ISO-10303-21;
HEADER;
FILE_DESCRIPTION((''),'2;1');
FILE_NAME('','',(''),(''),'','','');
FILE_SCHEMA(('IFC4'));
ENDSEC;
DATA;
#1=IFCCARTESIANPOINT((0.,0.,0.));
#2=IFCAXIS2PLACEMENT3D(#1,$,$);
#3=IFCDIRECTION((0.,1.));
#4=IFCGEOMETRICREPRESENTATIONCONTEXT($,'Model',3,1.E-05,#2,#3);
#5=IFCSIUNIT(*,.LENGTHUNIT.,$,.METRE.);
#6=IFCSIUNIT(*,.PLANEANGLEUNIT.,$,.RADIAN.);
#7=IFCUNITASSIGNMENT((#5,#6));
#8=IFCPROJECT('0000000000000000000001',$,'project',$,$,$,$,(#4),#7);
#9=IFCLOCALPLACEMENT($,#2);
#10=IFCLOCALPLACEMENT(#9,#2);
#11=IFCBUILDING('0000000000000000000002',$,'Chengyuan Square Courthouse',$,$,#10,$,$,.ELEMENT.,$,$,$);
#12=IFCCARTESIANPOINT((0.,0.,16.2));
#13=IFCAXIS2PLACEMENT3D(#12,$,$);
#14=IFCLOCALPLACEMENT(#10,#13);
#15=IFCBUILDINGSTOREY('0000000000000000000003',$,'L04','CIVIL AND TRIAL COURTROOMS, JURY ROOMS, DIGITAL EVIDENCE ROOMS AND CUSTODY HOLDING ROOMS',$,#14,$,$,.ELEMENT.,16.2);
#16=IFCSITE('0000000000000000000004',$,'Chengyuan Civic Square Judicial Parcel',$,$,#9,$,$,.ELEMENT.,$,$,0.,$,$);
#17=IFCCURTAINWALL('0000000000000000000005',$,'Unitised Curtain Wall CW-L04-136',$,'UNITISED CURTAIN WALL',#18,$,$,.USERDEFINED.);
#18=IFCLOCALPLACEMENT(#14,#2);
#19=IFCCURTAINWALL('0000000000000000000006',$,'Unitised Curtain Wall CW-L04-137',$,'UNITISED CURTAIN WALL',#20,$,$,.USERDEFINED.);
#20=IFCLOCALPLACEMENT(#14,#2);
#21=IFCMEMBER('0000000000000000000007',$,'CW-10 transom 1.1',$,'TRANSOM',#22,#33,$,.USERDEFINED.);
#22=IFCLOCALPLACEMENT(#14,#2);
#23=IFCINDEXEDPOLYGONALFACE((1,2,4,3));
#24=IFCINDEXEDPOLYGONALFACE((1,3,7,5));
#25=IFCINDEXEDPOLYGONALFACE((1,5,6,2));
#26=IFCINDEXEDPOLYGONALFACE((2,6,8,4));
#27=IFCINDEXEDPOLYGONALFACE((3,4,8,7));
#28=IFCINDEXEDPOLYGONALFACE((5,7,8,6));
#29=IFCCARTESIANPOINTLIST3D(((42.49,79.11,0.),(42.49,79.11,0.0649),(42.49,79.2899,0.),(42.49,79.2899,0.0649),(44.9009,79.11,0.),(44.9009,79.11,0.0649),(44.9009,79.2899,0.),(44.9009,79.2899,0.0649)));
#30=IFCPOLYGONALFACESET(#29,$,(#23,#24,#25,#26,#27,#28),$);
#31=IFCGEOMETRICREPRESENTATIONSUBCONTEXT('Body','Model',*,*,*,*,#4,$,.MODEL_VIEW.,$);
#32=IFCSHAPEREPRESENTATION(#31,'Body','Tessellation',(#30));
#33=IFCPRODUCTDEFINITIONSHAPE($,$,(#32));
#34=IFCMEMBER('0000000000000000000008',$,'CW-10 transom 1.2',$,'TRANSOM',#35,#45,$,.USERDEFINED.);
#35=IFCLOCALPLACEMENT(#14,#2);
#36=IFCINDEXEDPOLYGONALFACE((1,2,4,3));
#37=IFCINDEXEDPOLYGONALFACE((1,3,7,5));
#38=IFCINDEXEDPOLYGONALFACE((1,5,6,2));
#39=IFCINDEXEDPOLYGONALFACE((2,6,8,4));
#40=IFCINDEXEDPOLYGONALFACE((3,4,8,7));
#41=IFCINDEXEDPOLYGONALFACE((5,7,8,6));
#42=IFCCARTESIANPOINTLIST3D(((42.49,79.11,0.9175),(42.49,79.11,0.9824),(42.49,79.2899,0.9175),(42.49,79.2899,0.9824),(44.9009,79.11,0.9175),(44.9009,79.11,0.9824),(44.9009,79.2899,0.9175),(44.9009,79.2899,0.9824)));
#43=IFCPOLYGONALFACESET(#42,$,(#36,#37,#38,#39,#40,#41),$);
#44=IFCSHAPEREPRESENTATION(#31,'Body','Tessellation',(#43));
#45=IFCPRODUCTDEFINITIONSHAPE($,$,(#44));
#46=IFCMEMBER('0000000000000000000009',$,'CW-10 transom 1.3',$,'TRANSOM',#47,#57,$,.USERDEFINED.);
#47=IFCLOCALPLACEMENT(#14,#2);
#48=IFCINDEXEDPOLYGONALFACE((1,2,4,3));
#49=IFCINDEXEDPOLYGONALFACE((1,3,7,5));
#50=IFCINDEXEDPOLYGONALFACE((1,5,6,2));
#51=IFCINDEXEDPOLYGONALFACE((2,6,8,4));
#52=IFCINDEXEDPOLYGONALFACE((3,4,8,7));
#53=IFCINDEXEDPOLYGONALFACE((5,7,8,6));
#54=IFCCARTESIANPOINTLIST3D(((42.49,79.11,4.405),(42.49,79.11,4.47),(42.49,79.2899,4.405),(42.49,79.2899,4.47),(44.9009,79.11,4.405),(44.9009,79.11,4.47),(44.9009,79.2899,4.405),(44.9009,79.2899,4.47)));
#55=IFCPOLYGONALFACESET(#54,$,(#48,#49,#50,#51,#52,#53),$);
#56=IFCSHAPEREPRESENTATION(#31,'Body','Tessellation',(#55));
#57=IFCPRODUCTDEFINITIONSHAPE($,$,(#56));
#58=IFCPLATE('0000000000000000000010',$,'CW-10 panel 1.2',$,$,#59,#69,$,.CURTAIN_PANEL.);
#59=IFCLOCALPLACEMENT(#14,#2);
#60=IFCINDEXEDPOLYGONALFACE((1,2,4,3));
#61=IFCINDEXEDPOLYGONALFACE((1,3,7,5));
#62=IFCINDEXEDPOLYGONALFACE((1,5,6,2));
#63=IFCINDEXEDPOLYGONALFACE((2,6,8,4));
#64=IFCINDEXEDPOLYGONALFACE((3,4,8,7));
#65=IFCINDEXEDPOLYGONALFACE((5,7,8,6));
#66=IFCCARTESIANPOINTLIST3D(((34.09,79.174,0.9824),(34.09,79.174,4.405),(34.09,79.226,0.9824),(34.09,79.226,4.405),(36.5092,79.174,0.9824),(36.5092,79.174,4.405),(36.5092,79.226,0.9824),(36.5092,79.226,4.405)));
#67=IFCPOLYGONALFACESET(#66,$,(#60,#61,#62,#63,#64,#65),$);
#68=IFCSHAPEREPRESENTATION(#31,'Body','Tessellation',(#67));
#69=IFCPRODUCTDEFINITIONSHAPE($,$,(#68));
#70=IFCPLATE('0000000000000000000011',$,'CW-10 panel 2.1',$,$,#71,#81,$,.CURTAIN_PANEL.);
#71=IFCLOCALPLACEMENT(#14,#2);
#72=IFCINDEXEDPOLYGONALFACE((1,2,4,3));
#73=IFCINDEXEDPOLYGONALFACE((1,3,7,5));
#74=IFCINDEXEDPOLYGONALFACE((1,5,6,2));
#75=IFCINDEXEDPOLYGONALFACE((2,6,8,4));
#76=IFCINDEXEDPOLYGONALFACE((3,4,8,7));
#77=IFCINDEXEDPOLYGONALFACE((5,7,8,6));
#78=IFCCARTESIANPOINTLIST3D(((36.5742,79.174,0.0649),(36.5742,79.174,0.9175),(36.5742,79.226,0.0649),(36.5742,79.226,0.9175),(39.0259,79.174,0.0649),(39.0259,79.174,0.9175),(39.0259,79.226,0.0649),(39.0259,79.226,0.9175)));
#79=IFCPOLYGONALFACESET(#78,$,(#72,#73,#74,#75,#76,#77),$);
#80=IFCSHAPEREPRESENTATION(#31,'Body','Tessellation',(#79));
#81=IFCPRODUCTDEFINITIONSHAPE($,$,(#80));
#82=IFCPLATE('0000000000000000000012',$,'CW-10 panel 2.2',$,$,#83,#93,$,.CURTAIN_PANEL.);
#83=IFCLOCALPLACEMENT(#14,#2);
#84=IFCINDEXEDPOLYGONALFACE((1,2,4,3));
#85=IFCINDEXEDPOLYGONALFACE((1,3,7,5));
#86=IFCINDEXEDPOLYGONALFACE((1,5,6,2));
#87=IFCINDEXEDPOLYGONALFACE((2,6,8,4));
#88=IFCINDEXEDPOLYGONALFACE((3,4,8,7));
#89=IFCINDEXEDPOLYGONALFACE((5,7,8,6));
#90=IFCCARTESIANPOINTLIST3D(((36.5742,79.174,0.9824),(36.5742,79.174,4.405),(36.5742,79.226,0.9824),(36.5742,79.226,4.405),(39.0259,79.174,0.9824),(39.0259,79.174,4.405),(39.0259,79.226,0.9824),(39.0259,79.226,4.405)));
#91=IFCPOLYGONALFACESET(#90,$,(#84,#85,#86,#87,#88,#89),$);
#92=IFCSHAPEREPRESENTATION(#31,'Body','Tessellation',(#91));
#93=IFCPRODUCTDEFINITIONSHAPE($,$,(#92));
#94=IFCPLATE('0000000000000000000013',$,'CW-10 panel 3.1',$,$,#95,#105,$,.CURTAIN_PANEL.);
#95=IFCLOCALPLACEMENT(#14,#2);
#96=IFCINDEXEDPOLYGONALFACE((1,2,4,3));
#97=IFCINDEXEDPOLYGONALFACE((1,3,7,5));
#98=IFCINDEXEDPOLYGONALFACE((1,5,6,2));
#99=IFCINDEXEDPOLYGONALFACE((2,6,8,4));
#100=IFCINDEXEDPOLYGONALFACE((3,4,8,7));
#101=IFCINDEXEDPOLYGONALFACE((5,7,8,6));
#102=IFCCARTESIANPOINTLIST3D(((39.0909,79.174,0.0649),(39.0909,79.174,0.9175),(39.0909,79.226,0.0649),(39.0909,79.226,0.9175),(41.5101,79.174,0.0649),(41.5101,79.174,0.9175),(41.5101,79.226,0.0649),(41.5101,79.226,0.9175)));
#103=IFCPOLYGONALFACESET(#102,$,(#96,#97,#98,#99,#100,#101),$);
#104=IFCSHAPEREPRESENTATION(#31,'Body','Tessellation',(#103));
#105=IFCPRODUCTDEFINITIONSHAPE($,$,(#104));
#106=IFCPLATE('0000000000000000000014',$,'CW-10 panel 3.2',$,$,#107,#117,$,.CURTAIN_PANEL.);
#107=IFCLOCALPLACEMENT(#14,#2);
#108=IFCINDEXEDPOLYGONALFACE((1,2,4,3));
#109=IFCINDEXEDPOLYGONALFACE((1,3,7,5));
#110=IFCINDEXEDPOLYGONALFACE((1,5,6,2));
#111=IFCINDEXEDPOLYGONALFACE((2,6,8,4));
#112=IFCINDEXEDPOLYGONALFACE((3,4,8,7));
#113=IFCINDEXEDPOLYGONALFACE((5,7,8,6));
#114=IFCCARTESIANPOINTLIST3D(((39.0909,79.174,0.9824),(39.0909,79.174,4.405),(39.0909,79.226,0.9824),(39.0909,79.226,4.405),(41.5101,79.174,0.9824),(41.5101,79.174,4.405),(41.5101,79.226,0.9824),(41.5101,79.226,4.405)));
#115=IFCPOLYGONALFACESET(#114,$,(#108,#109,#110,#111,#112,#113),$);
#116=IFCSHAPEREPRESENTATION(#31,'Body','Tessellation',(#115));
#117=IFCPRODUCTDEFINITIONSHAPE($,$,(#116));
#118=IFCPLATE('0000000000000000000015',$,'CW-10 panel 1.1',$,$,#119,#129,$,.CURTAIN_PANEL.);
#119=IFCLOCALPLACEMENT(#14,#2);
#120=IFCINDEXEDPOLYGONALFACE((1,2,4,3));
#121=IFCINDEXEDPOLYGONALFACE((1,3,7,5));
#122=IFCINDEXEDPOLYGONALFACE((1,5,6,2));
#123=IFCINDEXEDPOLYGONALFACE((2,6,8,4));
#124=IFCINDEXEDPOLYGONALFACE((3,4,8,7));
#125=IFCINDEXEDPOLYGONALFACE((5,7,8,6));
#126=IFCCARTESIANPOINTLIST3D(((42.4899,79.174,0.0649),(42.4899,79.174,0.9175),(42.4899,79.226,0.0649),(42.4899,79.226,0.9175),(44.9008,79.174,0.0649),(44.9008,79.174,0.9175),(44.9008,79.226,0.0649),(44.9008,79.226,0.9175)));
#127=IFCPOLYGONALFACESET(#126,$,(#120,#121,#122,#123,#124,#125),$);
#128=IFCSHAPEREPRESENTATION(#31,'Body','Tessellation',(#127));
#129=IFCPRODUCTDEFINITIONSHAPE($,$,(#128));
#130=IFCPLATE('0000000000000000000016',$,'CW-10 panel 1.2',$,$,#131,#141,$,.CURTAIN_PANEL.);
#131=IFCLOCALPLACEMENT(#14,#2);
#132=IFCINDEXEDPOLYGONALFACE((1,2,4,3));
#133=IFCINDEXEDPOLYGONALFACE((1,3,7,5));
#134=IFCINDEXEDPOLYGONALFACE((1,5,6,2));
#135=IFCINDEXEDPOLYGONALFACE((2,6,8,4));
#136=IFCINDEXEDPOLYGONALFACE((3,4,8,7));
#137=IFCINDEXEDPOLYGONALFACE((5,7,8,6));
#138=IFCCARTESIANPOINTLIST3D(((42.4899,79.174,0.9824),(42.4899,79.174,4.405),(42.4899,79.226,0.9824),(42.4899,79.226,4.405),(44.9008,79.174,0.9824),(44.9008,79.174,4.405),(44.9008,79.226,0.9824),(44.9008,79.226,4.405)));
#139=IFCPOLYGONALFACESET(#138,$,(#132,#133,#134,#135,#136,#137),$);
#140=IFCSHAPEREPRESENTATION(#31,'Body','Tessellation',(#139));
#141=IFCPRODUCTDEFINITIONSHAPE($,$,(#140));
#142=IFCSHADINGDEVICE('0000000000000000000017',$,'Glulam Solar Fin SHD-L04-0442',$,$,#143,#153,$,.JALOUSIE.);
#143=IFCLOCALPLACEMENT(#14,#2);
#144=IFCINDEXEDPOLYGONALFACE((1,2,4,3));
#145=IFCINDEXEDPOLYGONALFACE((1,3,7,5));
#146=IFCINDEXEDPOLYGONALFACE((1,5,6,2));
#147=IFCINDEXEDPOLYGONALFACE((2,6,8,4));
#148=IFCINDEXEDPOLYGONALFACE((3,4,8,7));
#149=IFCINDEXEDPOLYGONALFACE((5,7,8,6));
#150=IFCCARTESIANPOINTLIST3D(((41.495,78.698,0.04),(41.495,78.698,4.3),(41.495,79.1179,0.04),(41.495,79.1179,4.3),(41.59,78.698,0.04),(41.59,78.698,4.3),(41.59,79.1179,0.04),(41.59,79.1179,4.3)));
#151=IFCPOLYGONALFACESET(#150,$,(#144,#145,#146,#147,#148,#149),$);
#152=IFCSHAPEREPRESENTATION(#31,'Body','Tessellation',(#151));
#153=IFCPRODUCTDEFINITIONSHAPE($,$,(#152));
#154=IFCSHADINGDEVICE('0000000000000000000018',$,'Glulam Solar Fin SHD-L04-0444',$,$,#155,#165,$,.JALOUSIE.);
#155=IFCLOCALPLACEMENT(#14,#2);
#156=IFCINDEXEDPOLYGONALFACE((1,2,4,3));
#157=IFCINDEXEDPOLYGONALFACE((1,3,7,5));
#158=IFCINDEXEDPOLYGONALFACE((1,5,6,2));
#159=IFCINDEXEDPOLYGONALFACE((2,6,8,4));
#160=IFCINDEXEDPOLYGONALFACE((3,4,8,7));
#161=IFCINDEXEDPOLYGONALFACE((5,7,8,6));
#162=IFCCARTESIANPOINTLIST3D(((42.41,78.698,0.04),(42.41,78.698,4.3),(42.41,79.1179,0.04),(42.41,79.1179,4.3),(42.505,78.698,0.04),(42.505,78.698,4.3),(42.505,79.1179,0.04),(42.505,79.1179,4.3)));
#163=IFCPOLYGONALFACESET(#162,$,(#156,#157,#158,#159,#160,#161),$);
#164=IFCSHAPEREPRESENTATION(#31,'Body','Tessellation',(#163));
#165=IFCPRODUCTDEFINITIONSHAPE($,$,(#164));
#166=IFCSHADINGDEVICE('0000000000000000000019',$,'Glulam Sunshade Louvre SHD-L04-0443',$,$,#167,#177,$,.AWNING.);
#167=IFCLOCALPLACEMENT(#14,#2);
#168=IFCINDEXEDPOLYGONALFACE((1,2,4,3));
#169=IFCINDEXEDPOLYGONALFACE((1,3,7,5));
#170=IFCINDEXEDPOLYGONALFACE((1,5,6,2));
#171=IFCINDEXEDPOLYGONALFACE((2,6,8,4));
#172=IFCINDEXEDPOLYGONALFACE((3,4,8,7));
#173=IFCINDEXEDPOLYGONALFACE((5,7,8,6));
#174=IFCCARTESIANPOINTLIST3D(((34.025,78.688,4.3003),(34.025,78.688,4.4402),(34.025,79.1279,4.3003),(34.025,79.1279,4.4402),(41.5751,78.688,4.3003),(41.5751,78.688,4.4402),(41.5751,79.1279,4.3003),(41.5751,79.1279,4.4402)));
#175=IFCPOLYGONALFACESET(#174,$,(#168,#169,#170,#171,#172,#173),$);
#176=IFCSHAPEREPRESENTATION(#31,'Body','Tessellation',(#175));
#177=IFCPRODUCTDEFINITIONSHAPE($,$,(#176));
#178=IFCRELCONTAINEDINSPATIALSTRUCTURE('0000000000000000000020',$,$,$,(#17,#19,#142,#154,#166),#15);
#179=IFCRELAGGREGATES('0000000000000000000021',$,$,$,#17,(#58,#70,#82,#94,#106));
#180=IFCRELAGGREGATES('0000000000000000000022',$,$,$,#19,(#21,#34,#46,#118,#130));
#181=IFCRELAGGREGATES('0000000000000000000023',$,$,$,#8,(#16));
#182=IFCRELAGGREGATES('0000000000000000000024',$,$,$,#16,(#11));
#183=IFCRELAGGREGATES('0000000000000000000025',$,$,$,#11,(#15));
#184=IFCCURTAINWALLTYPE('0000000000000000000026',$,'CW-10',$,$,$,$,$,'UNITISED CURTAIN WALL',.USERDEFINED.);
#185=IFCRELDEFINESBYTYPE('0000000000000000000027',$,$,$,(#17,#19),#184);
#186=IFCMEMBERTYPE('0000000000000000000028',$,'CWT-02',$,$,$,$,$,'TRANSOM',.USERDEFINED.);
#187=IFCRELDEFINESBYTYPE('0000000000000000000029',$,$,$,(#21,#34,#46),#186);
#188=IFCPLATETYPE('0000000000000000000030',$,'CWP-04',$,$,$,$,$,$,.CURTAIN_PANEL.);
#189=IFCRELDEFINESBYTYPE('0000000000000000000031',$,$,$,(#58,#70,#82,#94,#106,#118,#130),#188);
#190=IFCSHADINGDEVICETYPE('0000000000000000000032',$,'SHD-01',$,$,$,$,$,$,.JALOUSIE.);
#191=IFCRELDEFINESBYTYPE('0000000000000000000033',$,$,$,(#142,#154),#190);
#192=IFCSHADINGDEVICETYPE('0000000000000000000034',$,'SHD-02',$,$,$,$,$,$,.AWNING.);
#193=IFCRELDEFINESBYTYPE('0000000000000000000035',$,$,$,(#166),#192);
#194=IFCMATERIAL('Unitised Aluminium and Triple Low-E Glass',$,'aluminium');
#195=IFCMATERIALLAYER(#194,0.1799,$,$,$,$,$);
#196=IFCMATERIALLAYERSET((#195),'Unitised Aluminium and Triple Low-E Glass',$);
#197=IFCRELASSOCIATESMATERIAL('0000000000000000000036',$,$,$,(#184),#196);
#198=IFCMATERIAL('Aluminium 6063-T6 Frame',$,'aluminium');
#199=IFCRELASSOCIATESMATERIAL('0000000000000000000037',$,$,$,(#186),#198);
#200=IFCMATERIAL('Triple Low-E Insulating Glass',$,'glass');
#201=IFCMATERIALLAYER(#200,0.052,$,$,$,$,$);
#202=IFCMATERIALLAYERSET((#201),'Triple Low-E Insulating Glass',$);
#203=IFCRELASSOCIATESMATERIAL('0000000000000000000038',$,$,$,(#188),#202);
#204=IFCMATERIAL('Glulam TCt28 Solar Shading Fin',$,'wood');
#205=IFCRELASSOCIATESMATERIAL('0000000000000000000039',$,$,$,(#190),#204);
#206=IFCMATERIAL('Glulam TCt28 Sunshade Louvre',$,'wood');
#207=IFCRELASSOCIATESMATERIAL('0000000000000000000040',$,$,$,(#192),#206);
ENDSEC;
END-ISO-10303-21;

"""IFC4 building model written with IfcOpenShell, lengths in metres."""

from ifc_helpers import new_model, si_unit, direction, frame, origin, origin_2d, place, context, subcontext, project, spatial, rectangle, extrude, material, layer, layer_set, material_profile, profile_set, type_object, element, aggregate, save


model = new_model("IFC4")

# Units and contexts
model_context = context("Model", 3, precision=1e-05, world=origin(), true_north=direction((0.0, 1.0)))
body_context = subcontext(model_context, "Body", "Model", "MODEL_VIEW")
ifc_project = project(units=[si_unit("LENGTHUNIT", "METRE"), si_unit("PLANEANGLEUNIT", "RADIAN")], contexts=[model_context])

# Site, building, storey
site_placement = place(None, origin())
site = spatial("IfcSite", under=ifc_project, at=site_placement, Name="Chengyuan Civic Square Judicial Parcel", CompositionType="ELEMENT", RefElevation=0.0)
building_placement = place(site_placement, origin())
building = spatial("IfcBuilding", under=site, at=building_placement, Name="Chengyuan Square Courthouse", CompositionType="ELEMENT")
storey_placement = place(building_placement, frame((0.0, 0.0, 16.2)))
storey = spatial("IfcBuildingStorey", under=building, at=storey_placement, Name="L04", Description="CIVIL AND TRIAL COURTROOMS, JURY ROOMS, DIGITAL EVIDENCE ROOMS AND CUSTODY HOLDING ROOMS", CompositionType="ELEMENT", Elevation=16.2)

# Curtain walls
ifc_material_1 = material(Name="Unitised Aluminium and Triple Low-E Glass", Category="aluminium")
ifc_layer_1 = layer(ifc_material_1, 0.1799)
ifc_layer_set_1 = layer_set([ifc_layer_1], Name="Unitised Aluminium and Triple Low-E Glass")
curtain_wall_type = type_object("IfcCurtainWallType", Name="CW-10", ElementType="UNITISED CURTAIN WALL", PredefinedType="USERDEFINED", material=ifc_layer_set_1)
curtain_wall_1_placement = place(storey_placement, origin())
curtain_wall_1 = element("IfcCurtainWall", 1, at=curtain_wall_1_placement, inside=storey, type_object=curtain_wall_type, Name="Unitised Curtain Wall CW-L04-136", ObjectType="UNITISED CURTAIN WALL", PredefinedType="USERDEFINED")
ifc_material_2 = material(Name="Aluminium 6063-T6 Frame", Category="aluminium")
curtain_wall_2_placement = place(storey_placement, origin())
curtain_wall_2 = element("IfcCurtainWall", 2, at=curtain_wall_2_placement, inside=storey, type_object=curtain_wall_type, Name="Unitised Curtain Wall CW-L04-137", ObjectType="UNITISED CURTAIN WALL", PredefinedType="USERDEFINED")

# Members
ifc_material_profile_1 = material_profile(ifc_material_2, rectangle(XDim=0.1799, YDim=0.0649, at=origin_2d()), Name="CW-TRN-65x140")
ifc_profile_set_1 = profile_set([ifc_material_profile_1], Name="Aluminium 6063-T6 Frame")
member_type_1 = type_object("IfcMemberType", Name="CWT-02", ElementType="TRANSOM", PredefinedType="USERDEFINED", material=ifc_profile_set_1)
member_1_placement = place(storey_placement, frame((42.49, 79.2, 0.0325), z_axis=(1.0, 0.0, 0.0), x_axis=(0.0, 1.0, 0.0)))
member_1 = element("IfcMember", 3, at=member_1_placement, type_object=member_type_1, Name="CW-10 transom 1.1", ObjectType="TRANSOM", PredefinedType="USERDEFINED", context=body_context, shape_type="SweptSolid", body=[
    extrude(rectangle(XDim=0.1799, YDim=0.0649, at=origin_2d()), origin(), (0.0, 0.0, 1.0), 2.4109),
])
member_2_placement = place(storey_placement, frame((42.49, 79.2, 0.95), z_axis=(1.0, 0.0, 0.0), x_axis=(0.0, 1.0, 0.0)))
member_2 = element("IfcMember", 4, at=member_2_placement, type_object=member_type_1, Name="CW-10 transom 1.2", ObjectType="TRANSOM", PredefinedType="USERDEFINED", context=body_context, shape_type="SweptSolid", body=[
    extrude(rectangle(XDim=0.1799, YDim=0.0649, at=origin_2d()), origin(), (0.0, 0.0, 1.0), 2.4109),
])
member_3_placement = place(storey_placement, frame((42.49, 79.2, 4.4375), z_axis=(1.0, 0.0, 0.0), x_axis=(0.0, 1.0, 0.0)))
member_3 = element("IfcMember", 5, at=member_3_placement, type_object=member_type_1, Name="CW-10 transom 1.3", ObjectType="TRANSOM", PredefinedType="USERDEFINED", context=body_context, shape_type="SweptSolid", body=[
    extrude(rectangle(XDim=0.1799, YDim=0.0649, at=origin_2d()), origin(), (0.0, 0.0, 1.0), 2.4109),
])

# Plates
ifc_material_3 = material(Name="Triple Low-E Insulating Glass", Category="glass")
ifc_layer_2 = layer(ifc_material_3, 0.052)
ifc_layer_set_2 = layer_set([ifc_layer_2], Name="Triple Low-E Insulating Glass")
plate_type = type_object("IfcPlateType", Name="CWP-04", PredefinedType="CURTAIN_PANEL", material=ifc_layer_set_2)
plate_1_placement = place(storey_placement, frame((35.2996, 79.2, 0.9824), z_axis=(0.0, 0.0, 1.0), x_axis=(1.0, 0.0, 0.0)))
plate_1 = element("IfcPlate", 6, at=plate_1_placement, type_object=plate_type, Name="CW-10 panel 1.2", PredefinedType="CURTAIN_PANEL", context=body_context, shape_type="SweptSolid", body=[
    extrude(rectangle(XDim=2.4192, YDim=0.052, at=origin_2d()), origin(), (0.0, 0.0, 1.0), 3.4226),
])
plate_2_placement = place(storey_placement, frame((37.8, 79.2, 0.0649), z_axis=(0.0, 0.0, 1.0), x_axis=(1.0, 0.0, 0.0)))
plate_2 = element("IfcPlate", 7, at=plate_2_placement, type_object=plate_type, Name="CW-10 panel 2.1", PredefinedType="CURTAIN_PANEL", context=body_context, shape_type="SweptSolid", body=[
    extrude(rectangle(XDim=2.4517, YDim=0.052, at=origin_2d()), origin(), (0.0, 0.0, 1.0), 0.8525),
])
plate_3_placement = place(storey_placement, frame((37.8, 79.2, 0.9824), z_axis=(0.0, 0.0, 1.0), x_axis=(1.0, 0.0, 0.0)))
plate_3 = element("IfcPlate", 8, at=plate_3_placement, type_object=plate_type, Name="CW-10 panel 2.2", PredefinedType="CURTAIN_PANEL", context=body_context, shape_type="SweptSolid", body=[
    extrude(rectangle(XDim=2.4517, YDim=0.052, at=origin_2d()), origin(), (0.0, 0.0, 1.0), 3.4226),
])
plate_4_placement = place(storey_placement, frame((40.3005, 79.2, 0.0649), z_axis=(0.0, 0.0, 1.0), x_axis=(1.0, 0.0, 0.0)))
plate_4 = element("IfcPlate", 9, at=plate_4_placement, type_object=plate_type, Name="CW-10 panel 3.1", PredefinedType="CURTAIN_PANEL", context=body_context, shape_type="SweptSolid", body=[
    extrude(rectangle(XDim=2.4192, YDim=0.052, at=origin_2d()), origin(), (0.0, 0.0, 1.0), 0.8525),
])
plate_5_placement = place(storey_placement, frame((40.3005, 79.2, 0.9824), z_axis=(0.0, 0.0, 1.0), x_axis=(1.0, 0.0, 0.0)))
plate_5 = element("IfcPlate", 10, at=plate_5_placement, type_object=plate_type, Name="CW-10 panel 3.2", PredefinedType="CURTAIN_PANEL", context=body_context, shape_type="SweptSolid", body=[
    extrude(rectangle(XDim=2.4192, YDim=0.052, at=origin_2d()), origin(), (0.0, 0.0, 1.0), 3.4226),
])
aggregate(curtain_wall_1, [plate_1, plate_2, plate_3, plate_4, plate_5])
plate_6_placement = place(storey_placement, frame((43.6953, 79.2, 0.0649), z_axis=(0.0, 0.0, 1.0), x_axis=(1.0, 0.0, 0.0)))
plate_6 = element("IfcPlate", 11, at=plate_6_placement, type_object=plate_type, Name="CW-10 panel 1.1", PredefinedType="CURTAIN_PANEL", context=body_context, shape_type="SweptSolid", body=[
    extrude(rectangle(XDim=2.4109, YDim=0.052, at=origin_2d()), origin(), (0.0, 0.0, 1.0), 0.8525),
])
plate_7_placement = place(storey_placement, frame((43.6953, 79.2, 0.9824), z_axis=(0.0, 0.0, 1.0), x_axis=(1.0, 0.0, 0.0)))
plate_7 = element("IfcPlate", 12, at=plate_7_placement, type_object=plate_type, Name="CW-10 panel 1.2", PredefinedType="CURTAIN_PANEL", context=body_context, shape_type="SweptSolid", body=[
    extrude(rectangle(XDim=2.4109, YDim=0.052, at=origin_2d()), origin(), (0.0, 0.0, 1.0), 3.4226),
])
aggregate(curtain_wall_2, [member_1, member_2, member_3, plate_6, plate_7])

# Shading devices
ifc_material_4 = material(Name="Glulam TCt28 Solar Shading Fin", Category="wood")
shading_device_type_1 = type_object("IfcShadingDeviceType", Name="SHD-01", PredefinedType="JALOUSIE", material=ifc_material_4)
for number, where, z_axis, x_axis, name in (
    (13, (41.5425, 78.908, 0.04), (0.0, 0.0, 1.0), (0.0, 1.0, 0.0), "Glulam Solar Fin SHD-L04-0442"),
    (14, (42.4575, 78.908, 0.04), (0.0, 0.0, 1.0), (0.0, 1.0, 0.0), "Glulam Solar Fin SHD-L04-0444"),
):
    element("IfcShadingDevice", number, at=place(storey_placement, frame(where, z_axis=z_axis, x_axis=x_axis)), inside=storey, type_object=shading_device_type_1, Name=name, PredefinedType="JALOUSIE", context=body_context, shape_type="SweptSolid", body=[
        extrude(rectangle(XDim=0.4199, YDim=0.095, at=origin_2d()), origin(), (0.0, 0.0, 1.0), 4.26),
    ])
ifc_material_5 = material(Name="Glulam TCt28 Sunshade Louvre", Category="wood")
shading_device_type_2 = type_object("IfcShadingDeviceType", Name="SHD-02", PredefinedType="AWNING", material=ifc_material_5)
shading_device_placement = place(storey_placement, frame((37.8, 78.908, 4.3003), z_axis=(0.0, 0.0, 1.0), x_axis=(1.0, 0.0, 0.0)))
element("IfcShadingDevice", 15, at=shading_device_placement, inside=storey, type_object=shading_device_type_2, Name="Glulam Sunshade Louvre SHD-L04-0443", PredefinedType="AWNING", context=body_context, shape_type="SweptSolid", body=[
    extrude(rectangle(XDim=7.55, YDim=0.4399, at=origin_2d()), origin(), (0.0, 0.0, 1.0), 0.1399),
])

save(model, "model.ifc")
